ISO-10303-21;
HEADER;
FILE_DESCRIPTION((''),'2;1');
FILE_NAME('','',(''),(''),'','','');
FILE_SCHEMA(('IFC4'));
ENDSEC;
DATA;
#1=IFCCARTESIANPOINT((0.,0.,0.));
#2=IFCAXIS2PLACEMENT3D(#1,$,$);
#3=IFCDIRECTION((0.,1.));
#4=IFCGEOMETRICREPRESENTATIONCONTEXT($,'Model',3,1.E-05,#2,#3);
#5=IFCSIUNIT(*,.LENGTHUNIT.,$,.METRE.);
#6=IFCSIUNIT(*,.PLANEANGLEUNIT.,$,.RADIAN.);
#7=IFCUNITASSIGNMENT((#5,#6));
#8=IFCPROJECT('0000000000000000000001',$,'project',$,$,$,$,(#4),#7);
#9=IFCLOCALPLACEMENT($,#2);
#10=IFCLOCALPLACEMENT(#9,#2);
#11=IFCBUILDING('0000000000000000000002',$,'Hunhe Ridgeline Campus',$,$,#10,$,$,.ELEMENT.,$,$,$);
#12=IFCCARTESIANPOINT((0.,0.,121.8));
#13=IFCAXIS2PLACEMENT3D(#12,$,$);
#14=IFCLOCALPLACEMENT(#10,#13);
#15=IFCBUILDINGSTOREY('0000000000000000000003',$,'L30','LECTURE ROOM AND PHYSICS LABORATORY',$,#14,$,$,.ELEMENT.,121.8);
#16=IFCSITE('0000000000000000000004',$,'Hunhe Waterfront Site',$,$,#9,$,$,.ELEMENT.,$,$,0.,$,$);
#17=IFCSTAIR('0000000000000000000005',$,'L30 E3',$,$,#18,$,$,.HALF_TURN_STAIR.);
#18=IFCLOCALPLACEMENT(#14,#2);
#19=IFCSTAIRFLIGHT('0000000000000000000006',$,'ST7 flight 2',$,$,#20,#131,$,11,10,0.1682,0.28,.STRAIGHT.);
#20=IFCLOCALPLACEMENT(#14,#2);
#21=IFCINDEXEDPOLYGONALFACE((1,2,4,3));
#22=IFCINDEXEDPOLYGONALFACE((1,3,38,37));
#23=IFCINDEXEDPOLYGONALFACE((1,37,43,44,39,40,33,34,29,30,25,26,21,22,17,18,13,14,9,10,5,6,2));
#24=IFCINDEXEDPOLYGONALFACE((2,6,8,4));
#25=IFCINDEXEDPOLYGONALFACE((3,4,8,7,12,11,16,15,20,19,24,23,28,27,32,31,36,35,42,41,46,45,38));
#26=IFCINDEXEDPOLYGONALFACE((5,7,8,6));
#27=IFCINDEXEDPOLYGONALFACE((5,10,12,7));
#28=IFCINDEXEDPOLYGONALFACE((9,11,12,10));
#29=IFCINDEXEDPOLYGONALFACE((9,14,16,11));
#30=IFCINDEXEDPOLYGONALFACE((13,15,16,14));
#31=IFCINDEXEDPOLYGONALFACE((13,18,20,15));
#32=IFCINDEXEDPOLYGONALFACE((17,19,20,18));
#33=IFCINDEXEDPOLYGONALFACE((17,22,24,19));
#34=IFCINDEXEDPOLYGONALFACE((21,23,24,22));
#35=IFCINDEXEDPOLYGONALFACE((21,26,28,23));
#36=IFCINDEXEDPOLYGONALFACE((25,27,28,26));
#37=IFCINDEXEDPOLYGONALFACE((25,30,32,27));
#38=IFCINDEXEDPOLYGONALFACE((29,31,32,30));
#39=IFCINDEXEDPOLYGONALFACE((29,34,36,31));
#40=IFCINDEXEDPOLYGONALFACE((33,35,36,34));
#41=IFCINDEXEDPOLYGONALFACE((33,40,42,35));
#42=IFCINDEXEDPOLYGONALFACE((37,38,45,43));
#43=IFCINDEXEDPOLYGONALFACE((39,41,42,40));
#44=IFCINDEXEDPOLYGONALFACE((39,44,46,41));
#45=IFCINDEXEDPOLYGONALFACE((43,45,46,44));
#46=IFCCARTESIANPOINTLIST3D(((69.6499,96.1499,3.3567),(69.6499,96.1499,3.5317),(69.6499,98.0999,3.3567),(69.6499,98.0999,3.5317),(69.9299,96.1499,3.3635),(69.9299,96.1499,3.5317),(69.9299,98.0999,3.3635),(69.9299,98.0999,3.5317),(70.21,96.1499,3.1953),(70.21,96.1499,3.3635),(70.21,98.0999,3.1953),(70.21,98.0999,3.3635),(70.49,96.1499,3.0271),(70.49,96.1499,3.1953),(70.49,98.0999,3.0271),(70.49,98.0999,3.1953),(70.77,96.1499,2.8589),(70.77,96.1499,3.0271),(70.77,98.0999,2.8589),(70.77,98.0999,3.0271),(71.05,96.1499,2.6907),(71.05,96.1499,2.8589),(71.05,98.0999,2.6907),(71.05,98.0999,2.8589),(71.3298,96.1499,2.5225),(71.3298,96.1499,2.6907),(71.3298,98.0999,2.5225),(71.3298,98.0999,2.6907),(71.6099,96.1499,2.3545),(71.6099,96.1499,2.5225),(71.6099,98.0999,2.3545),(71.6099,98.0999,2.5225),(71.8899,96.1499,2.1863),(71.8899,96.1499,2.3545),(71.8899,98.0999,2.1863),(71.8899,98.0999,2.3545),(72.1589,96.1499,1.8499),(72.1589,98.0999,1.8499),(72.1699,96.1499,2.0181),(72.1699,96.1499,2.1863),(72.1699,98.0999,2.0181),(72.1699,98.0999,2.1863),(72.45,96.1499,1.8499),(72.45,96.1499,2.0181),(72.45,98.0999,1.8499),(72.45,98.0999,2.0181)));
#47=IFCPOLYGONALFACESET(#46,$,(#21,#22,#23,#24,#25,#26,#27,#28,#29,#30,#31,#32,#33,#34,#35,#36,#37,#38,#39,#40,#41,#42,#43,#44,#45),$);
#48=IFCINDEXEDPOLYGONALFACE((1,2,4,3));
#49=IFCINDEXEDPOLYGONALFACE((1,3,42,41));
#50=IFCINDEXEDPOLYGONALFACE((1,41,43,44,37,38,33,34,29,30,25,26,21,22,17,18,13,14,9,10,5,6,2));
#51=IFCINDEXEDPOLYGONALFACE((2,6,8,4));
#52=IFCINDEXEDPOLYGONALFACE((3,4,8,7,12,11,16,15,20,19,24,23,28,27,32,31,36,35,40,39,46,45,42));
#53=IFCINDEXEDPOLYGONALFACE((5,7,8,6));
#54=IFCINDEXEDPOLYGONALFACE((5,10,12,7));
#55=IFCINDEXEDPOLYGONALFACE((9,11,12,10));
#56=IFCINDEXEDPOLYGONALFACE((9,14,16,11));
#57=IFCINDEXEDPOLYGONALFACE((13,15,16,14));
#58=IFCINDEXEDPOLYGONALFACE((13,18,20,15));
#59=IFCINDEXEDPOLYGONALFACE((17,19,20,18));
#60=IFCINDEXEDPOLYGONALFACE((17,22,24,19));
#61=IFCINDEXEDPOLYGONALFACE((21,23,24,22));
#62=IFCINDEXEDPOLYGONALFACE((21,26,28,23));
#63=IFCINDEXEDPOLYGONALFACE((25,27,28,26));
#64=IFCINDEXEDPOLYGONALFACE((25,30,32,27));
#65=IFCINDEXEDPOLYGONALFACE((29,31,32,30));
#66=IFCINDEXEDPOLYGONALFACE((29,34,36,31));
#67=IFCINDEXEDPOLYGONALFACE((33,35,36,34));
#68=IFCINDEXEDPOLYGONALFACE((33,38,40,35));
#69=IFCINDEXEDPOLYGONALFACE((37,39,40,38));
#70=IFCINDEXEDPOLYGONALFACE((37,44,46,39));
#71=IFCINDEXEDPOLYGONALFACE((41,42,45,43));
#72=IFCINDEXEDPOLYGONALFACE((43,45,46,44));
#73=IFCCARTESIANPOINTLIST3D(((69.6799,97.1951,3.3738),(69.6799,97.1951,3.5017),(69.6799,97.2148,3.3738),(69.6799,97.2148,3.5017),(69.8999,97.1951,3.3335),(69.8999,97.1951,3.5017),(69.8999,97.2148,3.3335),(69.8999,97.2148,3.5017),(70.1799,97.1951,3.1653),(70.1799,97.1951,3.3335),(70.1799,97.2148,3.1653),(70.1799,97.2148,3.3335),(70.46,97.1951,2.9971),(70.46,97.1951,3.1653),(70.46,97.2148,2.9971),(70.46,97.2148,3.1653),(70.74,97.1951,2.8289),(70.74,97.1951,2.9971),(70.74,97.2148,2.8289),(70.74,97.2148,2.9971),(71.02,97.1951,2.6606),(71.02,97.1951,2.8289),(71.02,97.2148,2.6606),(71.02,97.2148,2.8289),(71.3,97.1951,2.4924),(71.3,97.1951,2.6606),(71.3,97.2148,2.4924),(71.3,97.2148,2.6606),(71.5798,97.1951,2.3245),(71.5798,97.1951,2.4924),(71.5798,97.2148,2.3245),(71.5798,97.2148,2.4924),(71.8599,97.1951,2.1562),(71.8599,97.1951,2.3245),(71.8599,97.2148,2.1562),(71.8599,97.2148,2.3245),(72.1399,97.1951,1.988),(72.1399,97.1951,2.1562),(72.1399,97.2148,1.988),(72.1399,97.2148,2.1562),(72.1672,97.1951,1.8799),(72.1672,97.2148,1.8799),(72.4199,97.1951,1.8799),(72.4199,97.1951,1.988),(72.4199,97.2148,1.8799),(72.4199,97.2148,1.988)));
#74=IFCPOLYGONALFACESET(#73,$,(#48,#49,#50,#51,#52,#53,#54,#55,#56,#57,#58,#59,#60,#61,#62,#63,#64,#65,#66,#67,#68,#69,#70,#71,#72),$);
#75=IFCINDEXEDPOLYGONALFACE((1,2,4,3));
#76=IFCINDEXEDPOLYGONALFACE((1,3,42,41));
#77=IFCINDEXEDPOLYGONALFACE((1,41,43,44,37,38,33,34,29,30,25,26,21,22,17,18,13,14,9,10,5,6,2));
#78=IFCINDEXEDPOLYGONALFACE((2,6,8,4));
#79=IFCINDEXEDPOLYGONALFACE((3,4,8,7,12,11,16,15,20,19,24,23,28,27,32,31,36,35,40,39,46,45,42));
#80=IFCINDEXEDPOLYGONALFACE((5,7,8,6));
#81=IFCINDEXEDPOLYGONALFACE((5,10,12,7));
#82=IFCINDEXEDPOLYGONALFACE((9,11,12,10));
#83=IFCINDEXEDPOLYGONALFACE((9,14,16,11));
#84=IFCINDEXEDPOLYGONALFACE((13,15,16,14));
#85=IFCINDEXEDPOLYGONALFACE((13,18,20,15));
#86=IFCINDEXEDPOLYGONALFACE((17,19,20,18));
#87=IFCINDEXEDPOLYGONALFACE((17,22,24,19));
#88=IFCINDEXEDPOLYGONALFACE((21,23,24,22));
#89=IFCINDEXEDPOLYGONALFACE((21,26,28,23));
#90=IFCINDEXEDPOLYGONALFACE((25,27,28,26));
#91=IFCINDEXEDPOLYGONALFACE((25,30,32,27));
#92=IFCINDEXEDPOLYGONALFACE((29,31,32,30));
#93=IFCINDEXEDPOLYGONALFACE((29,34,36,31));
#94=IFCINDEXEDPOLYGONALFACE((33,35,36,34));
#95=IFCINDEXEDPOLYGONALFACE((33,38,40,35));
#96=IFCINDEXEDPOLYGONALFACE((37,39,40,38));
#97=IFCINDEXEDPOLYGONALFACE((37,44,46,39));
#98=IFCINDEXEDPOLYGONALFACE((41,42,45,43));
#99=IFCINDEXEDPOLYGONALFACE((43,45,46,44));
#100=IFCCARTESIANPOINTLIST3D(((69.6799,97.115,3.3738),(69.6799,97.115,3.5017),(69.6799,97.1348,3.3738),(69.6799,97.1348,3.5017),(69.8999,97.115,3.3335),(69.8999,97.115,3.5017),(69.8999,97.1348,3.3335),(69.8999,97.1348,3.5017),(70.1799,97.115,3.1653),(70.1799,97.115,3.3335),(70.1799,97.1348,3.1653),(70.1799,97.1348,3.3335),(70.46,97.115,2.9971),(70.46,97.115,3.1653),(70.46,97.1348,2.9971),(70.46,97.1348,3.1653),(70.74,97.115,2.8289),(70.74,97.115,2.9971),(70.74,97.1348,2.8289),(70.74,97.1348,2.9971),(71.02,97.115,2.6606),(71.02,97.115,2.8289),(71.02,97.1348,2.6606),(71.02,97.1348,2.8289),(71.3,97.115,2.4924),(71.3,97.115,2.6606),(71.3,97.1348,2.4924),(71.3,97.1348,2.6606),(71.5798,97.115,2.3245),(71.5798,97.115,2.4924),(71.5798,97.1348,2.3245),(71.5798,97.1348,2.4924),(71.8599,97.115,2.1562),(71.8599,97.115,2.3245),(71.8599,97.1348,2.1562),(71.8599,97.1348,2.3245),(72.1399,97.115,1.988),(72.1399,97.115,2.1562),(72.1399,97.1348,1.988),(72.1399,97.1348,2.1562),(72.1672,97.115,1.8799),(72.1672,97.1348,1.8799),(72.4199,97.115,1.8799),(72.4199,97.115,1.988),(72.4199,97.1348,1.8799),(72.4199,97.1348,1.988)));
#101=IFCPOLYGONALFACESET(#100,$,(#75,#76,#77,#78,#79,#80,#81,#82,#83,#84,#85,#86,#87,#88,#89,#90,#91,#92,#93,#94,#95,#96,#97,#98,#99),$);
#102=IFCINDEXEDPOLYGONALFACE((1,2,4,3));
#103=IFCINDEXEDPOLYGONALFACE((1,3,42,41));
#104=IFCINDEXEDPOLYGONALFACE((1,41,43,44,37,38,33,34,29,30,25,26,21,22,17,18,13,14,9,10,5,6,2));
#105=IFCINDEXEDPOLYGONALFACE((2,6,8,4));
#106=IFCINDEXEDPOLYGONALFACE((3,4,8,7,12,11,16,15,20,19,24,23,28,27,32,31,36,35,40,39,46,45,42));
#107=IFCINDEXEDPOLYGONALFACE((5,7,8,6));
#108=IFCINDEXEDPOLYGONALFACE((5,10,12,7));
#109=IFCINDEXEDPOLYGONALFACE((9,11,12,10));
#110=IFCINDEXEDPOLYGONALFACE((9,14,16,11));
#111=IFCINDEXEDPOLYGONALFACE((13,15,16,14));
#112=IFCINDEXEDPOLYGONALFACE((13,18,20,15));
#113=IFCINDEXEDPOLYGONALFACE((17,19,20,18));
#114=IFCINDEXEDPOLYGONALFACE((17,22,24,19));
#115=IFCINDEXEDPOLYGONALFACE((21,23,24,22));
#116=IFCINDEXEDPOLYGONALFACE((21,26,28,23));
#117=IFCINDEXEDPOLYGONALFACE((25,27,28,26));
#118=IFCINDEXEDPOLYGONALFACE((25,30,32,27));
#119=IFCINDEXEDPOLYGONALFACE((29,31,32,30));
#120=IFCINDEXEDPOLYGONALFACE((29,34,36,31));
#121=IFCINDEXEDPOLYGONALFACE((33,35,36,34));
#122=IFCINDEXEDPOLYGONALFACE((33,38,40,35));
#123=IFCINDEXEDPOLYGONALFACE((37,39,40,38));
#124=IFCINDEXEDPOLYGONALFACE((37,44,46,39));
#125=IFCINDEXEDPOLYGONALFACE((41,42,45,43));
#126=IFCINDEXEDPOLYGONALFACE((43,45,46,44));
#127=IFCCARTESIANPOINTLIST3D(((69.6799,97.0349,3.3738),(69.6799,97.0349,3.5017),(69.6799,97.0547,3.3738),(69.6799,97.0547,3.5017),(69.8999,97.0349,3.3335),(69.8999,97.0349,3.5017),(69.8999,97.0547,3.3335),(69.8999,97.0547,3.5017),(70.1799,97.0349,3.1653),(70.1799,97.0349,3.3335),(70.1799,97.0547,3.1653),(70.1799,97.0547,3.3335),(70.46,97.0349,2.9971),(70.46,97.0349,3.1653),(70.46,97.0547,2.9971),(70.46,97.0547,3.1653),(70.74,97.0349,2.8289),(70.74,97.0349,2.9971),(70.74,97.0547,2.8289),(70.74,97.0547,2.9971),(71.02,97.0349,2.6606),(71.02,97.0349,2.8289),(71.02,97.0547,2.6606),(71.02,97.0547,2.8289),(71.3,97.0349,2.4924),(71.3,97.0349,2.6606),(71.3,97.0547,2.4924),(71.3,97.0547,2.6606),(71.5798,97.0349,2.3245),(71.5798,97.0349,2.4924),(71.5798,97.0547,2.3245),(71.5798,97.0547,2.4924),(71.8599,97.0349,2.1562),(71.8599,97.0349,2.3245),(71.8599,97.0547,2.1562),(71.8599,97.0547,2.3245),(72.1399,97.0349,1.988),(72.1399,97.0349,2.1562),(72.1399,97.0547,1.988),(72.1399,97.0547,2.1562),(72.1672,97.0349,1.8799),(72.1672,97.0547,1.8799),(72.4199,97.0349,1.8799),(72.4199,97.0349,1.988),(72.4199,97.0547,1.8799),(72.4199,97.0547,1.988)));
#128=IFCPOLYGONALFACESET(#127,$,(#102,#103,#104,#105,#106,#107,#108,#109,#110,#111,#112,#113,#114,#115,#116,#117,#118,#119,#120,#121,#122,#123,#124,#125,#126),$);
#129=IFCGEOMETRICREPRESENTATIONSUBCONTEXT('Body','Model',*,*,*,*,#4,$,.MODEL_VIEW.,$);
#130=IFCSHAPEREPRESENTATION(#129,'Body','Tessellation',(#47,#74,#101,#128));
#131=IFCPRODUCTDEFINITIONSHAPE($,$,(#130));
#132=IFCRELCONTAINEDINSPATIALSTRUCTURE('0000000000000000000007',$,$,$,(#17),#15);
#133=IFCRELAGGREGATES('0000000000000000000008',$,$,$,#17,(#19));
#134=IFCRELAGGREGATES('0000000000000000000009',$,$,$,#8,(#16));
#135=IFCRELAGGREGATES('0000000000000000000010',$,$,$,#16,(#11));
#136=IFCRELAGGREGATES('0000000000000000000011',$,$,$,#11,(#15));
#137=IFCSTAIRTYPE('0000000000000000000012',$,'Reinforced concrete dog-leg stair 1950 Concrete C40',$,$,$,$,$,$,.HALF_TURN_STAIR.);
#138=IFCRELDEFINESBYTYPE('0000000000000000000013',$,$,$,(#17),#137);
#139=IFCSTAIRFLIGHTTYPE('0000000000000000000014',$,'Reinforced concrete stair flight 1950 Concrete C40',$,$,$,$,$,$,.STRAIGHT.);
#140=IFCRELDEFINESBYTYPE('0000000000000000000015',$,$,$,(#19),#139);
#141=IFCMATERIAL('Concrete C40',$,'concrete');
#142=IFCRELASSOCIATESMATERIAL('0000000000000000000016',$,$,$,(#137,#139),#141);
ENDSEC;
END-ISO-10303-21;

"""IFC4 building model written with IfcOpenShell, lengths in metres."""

from ifc_helpers import new_model, si_unit, direction, frame, origin, place, context, subcontext, project, spatial, polyline, outline, extrude, material, type_object, element, aggregate, save


model = new_model("IFC4")

# Units and contexts
model_context = context("Model", 3, precision=1e-05, world=origin(), true_north=direction((0.0, 1.0)))
body_context = subcontext(model_context, "Body", "Model", "MODEL_VIEW")
ifc_project = project(units=[si_unit("LENGTHUNIT", "METRE"), si_unit("PLANEANGLEUNIT", "RADIAN")], contexts=[model_context])

# Site, building, storey
site_placement = place(None, origin())
site = spatial("IfcSite", under=ifc_project, at=site_placement, Name="Hunhe Waterfront Site", CompositionType="ELEMENT", RefElevation=0.0)
building_placement = place(site_placement, origin())
building = spatial("IfcBuilding", under=site, at=building_placement, Name="Hunhe Ridgeline Campus", CompositionType="ELEMENT")
storey_placement = place(building_placement, frame((0.0, 0.0, 121.8)))
storey = spatial("IfcBuildingStorey", under=building, at=storey_placement, Name="L30", Description="LECTURE ROOM AND PHYSICS LABORATORY", CompositionType="ELEMENT", Elevation=121.8)

# Stair, stair flight
ifc_material_1 = material(Name="Concrete C40", Category="concrete")
stair_type = type_object("IfcStairType", Name="Reinforced concrete dog-leg stair 1950 Concrete C40", PredefinedType="HALF_TURN_STAIR", material=ifc_material_1)
stair_placement = place(storey_placement, origin())
stair = element("IfcStair", 1, at=stair_placement, inside=storey, type_object=stair_type, Name="L30 E3", PredefinedType="HALF_TURN_STAIR")
stair_flight_type = type_object("IfcStairFlightType", Name="Reinforced concrete stair flight 1950 Concrete C40", PredefinedType="STRAIGHT", material=ifc_material_1)
stair_flight_placement = place(storey_placement, frame((72.45, 97.125, 1.8499), z_axis=(0.0, 0.0, 1.0), x_axis=(-1.0, 0.0, 0.0)))
stair_flight = element("IfcStairFlight", 2, at=stair_flight_placement, type_object=stair_flight_type, Name="ST7 flight 2", NumberOfRisers=11, NumberOfTreads=10, PredefinedType="STRAIGHT", RiserHeight=0.1682, TreadLength=0.28, context=body_context, shape_type="SweptSolid", body=[
    extrude(outline(polyline([(0.0, 0.0), (0.0, 0.1682), (0.28, 0.1682), (0.28, 0.3364), (0.5601, 0.3364), (0.5601, 0.5046), (0.8401, 0.5046), (0.8401, 0.6726), (1.1201, 0.6726), (1.1201, 0.8408), (1.3999, 0.8408), (1.3999, 1.009), (1.6799, 1.009), (1.6799, 1.1772), (1.96, 1.1772), (1.96, 1.3455), (2.24, 1.3455), (2.24, 1.5137), (2.52, 1.5137), (2.52, 1.6819), (2.8, 1.6819), (2.8, 1.8501), (2.8, 1.5068), (0.291, 0.0), (0.0, 0.0)])), frame((0.0, 0.9751, 0.0), z_axis=(0.0, -1.0, 0.0), x_axis=(1.0, 0.0, 0.0)), (0.0, 0.0, 1.0), 1.95),
    extrude(outline(polyline([(0.03, 0.03), (0.03, 0.1382), (0.3101, 0.1382), (0.3101, 0.3064), (0.5901, 0.3064), (0.5901, 0.4746), (0.8701, 0.4746), (0.8701, 0.6426), (1.1499, 0.6426), (1.1499, 0.8108), (1.4299, 0.8108), (1.4299, 0.979), (1.71, 0.979), (1.71, 1.1472), (1.99, 1.1472), (1.99, 1.3154), (2.27, 1.3154), (2.27, 1.4836), (2.55, 1.4836), (2.55, 1.6519), (2.77, 1.6519), (2.77, 1.5239), (0.2827, 0.03), (0.03, 0.03)])), frame((0.0, -0.0701, 0.0), z_axis=(0.0, -1.0, 0.0), x_axis=(1.0, 0.0, 0.0)), (0.0, 0.0, 1.0), 0.0198),
    extrude(outline(polyline([(0.03, 0.03), (0.03, 0.1382), (0.3101, 0.1382), (0.3101, 0.3064), (0.5901, 0.3064), (0.5901, 0.4746), (0.8701, 0.4746), (0.8701, 0.6426), (1.1499, 0.6426), (1.1499, 0.8108), (1.4299, 0.8108), (1.4299, 0.979), (1.71, 0.979), (1.71, 1.1472), (1.99, 1.1472), (1.99, 1.3154), (2.27, 1.3154), (2.27, 1.4836), (2.55, 1.4836), (2.55, 1.6519), (2.77, 1.6519), (2.77, 1.5239), (0.2827, 0.03), (0.03, 0.03)])), frame((0.0, 0.01, 0.0), z_axis=(0.0, -1.0, 0.0), x_axis=(1.0, 0.0, 0.0)), (0.0, 0.0, 1.0), 0.0198),
    extrude(outline(polyline([(0.03, 0.03), (0.03, 0.1382), (0.3101, 0.1382), (0.3101, 0.3064), (0.5901, 0.3064), (0.5901, 0.4746), (0.8701, 0.4746), (0.8701, 0.6426), (1.1499, 0.6426), (1.1499, 0.8108), (1.4299, 0.8108), (1.4299, 0.979), (1.71, 0.979), (1.71, 1.1472), (1.99, 1.1472), (1.99, 1.3154), (2.27, 1.3154), (2.27, 1.4836), (2.55, 1.4836), (2.55, 1.6519), (2.77, 1.6519), (2.77, 1.5239), (0.2827, 0.03), (0.03, 0.03)])), frame((0.0, 0.0901, 0.0), z_axis=(0.0, -1.0, 0.0), x_axis=(1.0, 0.0, 0.0)), (0.0, 0.0, 1.0), 0.0198),
])
aggregate(stair, [stair_flight])

save(model, "model.ifc")
